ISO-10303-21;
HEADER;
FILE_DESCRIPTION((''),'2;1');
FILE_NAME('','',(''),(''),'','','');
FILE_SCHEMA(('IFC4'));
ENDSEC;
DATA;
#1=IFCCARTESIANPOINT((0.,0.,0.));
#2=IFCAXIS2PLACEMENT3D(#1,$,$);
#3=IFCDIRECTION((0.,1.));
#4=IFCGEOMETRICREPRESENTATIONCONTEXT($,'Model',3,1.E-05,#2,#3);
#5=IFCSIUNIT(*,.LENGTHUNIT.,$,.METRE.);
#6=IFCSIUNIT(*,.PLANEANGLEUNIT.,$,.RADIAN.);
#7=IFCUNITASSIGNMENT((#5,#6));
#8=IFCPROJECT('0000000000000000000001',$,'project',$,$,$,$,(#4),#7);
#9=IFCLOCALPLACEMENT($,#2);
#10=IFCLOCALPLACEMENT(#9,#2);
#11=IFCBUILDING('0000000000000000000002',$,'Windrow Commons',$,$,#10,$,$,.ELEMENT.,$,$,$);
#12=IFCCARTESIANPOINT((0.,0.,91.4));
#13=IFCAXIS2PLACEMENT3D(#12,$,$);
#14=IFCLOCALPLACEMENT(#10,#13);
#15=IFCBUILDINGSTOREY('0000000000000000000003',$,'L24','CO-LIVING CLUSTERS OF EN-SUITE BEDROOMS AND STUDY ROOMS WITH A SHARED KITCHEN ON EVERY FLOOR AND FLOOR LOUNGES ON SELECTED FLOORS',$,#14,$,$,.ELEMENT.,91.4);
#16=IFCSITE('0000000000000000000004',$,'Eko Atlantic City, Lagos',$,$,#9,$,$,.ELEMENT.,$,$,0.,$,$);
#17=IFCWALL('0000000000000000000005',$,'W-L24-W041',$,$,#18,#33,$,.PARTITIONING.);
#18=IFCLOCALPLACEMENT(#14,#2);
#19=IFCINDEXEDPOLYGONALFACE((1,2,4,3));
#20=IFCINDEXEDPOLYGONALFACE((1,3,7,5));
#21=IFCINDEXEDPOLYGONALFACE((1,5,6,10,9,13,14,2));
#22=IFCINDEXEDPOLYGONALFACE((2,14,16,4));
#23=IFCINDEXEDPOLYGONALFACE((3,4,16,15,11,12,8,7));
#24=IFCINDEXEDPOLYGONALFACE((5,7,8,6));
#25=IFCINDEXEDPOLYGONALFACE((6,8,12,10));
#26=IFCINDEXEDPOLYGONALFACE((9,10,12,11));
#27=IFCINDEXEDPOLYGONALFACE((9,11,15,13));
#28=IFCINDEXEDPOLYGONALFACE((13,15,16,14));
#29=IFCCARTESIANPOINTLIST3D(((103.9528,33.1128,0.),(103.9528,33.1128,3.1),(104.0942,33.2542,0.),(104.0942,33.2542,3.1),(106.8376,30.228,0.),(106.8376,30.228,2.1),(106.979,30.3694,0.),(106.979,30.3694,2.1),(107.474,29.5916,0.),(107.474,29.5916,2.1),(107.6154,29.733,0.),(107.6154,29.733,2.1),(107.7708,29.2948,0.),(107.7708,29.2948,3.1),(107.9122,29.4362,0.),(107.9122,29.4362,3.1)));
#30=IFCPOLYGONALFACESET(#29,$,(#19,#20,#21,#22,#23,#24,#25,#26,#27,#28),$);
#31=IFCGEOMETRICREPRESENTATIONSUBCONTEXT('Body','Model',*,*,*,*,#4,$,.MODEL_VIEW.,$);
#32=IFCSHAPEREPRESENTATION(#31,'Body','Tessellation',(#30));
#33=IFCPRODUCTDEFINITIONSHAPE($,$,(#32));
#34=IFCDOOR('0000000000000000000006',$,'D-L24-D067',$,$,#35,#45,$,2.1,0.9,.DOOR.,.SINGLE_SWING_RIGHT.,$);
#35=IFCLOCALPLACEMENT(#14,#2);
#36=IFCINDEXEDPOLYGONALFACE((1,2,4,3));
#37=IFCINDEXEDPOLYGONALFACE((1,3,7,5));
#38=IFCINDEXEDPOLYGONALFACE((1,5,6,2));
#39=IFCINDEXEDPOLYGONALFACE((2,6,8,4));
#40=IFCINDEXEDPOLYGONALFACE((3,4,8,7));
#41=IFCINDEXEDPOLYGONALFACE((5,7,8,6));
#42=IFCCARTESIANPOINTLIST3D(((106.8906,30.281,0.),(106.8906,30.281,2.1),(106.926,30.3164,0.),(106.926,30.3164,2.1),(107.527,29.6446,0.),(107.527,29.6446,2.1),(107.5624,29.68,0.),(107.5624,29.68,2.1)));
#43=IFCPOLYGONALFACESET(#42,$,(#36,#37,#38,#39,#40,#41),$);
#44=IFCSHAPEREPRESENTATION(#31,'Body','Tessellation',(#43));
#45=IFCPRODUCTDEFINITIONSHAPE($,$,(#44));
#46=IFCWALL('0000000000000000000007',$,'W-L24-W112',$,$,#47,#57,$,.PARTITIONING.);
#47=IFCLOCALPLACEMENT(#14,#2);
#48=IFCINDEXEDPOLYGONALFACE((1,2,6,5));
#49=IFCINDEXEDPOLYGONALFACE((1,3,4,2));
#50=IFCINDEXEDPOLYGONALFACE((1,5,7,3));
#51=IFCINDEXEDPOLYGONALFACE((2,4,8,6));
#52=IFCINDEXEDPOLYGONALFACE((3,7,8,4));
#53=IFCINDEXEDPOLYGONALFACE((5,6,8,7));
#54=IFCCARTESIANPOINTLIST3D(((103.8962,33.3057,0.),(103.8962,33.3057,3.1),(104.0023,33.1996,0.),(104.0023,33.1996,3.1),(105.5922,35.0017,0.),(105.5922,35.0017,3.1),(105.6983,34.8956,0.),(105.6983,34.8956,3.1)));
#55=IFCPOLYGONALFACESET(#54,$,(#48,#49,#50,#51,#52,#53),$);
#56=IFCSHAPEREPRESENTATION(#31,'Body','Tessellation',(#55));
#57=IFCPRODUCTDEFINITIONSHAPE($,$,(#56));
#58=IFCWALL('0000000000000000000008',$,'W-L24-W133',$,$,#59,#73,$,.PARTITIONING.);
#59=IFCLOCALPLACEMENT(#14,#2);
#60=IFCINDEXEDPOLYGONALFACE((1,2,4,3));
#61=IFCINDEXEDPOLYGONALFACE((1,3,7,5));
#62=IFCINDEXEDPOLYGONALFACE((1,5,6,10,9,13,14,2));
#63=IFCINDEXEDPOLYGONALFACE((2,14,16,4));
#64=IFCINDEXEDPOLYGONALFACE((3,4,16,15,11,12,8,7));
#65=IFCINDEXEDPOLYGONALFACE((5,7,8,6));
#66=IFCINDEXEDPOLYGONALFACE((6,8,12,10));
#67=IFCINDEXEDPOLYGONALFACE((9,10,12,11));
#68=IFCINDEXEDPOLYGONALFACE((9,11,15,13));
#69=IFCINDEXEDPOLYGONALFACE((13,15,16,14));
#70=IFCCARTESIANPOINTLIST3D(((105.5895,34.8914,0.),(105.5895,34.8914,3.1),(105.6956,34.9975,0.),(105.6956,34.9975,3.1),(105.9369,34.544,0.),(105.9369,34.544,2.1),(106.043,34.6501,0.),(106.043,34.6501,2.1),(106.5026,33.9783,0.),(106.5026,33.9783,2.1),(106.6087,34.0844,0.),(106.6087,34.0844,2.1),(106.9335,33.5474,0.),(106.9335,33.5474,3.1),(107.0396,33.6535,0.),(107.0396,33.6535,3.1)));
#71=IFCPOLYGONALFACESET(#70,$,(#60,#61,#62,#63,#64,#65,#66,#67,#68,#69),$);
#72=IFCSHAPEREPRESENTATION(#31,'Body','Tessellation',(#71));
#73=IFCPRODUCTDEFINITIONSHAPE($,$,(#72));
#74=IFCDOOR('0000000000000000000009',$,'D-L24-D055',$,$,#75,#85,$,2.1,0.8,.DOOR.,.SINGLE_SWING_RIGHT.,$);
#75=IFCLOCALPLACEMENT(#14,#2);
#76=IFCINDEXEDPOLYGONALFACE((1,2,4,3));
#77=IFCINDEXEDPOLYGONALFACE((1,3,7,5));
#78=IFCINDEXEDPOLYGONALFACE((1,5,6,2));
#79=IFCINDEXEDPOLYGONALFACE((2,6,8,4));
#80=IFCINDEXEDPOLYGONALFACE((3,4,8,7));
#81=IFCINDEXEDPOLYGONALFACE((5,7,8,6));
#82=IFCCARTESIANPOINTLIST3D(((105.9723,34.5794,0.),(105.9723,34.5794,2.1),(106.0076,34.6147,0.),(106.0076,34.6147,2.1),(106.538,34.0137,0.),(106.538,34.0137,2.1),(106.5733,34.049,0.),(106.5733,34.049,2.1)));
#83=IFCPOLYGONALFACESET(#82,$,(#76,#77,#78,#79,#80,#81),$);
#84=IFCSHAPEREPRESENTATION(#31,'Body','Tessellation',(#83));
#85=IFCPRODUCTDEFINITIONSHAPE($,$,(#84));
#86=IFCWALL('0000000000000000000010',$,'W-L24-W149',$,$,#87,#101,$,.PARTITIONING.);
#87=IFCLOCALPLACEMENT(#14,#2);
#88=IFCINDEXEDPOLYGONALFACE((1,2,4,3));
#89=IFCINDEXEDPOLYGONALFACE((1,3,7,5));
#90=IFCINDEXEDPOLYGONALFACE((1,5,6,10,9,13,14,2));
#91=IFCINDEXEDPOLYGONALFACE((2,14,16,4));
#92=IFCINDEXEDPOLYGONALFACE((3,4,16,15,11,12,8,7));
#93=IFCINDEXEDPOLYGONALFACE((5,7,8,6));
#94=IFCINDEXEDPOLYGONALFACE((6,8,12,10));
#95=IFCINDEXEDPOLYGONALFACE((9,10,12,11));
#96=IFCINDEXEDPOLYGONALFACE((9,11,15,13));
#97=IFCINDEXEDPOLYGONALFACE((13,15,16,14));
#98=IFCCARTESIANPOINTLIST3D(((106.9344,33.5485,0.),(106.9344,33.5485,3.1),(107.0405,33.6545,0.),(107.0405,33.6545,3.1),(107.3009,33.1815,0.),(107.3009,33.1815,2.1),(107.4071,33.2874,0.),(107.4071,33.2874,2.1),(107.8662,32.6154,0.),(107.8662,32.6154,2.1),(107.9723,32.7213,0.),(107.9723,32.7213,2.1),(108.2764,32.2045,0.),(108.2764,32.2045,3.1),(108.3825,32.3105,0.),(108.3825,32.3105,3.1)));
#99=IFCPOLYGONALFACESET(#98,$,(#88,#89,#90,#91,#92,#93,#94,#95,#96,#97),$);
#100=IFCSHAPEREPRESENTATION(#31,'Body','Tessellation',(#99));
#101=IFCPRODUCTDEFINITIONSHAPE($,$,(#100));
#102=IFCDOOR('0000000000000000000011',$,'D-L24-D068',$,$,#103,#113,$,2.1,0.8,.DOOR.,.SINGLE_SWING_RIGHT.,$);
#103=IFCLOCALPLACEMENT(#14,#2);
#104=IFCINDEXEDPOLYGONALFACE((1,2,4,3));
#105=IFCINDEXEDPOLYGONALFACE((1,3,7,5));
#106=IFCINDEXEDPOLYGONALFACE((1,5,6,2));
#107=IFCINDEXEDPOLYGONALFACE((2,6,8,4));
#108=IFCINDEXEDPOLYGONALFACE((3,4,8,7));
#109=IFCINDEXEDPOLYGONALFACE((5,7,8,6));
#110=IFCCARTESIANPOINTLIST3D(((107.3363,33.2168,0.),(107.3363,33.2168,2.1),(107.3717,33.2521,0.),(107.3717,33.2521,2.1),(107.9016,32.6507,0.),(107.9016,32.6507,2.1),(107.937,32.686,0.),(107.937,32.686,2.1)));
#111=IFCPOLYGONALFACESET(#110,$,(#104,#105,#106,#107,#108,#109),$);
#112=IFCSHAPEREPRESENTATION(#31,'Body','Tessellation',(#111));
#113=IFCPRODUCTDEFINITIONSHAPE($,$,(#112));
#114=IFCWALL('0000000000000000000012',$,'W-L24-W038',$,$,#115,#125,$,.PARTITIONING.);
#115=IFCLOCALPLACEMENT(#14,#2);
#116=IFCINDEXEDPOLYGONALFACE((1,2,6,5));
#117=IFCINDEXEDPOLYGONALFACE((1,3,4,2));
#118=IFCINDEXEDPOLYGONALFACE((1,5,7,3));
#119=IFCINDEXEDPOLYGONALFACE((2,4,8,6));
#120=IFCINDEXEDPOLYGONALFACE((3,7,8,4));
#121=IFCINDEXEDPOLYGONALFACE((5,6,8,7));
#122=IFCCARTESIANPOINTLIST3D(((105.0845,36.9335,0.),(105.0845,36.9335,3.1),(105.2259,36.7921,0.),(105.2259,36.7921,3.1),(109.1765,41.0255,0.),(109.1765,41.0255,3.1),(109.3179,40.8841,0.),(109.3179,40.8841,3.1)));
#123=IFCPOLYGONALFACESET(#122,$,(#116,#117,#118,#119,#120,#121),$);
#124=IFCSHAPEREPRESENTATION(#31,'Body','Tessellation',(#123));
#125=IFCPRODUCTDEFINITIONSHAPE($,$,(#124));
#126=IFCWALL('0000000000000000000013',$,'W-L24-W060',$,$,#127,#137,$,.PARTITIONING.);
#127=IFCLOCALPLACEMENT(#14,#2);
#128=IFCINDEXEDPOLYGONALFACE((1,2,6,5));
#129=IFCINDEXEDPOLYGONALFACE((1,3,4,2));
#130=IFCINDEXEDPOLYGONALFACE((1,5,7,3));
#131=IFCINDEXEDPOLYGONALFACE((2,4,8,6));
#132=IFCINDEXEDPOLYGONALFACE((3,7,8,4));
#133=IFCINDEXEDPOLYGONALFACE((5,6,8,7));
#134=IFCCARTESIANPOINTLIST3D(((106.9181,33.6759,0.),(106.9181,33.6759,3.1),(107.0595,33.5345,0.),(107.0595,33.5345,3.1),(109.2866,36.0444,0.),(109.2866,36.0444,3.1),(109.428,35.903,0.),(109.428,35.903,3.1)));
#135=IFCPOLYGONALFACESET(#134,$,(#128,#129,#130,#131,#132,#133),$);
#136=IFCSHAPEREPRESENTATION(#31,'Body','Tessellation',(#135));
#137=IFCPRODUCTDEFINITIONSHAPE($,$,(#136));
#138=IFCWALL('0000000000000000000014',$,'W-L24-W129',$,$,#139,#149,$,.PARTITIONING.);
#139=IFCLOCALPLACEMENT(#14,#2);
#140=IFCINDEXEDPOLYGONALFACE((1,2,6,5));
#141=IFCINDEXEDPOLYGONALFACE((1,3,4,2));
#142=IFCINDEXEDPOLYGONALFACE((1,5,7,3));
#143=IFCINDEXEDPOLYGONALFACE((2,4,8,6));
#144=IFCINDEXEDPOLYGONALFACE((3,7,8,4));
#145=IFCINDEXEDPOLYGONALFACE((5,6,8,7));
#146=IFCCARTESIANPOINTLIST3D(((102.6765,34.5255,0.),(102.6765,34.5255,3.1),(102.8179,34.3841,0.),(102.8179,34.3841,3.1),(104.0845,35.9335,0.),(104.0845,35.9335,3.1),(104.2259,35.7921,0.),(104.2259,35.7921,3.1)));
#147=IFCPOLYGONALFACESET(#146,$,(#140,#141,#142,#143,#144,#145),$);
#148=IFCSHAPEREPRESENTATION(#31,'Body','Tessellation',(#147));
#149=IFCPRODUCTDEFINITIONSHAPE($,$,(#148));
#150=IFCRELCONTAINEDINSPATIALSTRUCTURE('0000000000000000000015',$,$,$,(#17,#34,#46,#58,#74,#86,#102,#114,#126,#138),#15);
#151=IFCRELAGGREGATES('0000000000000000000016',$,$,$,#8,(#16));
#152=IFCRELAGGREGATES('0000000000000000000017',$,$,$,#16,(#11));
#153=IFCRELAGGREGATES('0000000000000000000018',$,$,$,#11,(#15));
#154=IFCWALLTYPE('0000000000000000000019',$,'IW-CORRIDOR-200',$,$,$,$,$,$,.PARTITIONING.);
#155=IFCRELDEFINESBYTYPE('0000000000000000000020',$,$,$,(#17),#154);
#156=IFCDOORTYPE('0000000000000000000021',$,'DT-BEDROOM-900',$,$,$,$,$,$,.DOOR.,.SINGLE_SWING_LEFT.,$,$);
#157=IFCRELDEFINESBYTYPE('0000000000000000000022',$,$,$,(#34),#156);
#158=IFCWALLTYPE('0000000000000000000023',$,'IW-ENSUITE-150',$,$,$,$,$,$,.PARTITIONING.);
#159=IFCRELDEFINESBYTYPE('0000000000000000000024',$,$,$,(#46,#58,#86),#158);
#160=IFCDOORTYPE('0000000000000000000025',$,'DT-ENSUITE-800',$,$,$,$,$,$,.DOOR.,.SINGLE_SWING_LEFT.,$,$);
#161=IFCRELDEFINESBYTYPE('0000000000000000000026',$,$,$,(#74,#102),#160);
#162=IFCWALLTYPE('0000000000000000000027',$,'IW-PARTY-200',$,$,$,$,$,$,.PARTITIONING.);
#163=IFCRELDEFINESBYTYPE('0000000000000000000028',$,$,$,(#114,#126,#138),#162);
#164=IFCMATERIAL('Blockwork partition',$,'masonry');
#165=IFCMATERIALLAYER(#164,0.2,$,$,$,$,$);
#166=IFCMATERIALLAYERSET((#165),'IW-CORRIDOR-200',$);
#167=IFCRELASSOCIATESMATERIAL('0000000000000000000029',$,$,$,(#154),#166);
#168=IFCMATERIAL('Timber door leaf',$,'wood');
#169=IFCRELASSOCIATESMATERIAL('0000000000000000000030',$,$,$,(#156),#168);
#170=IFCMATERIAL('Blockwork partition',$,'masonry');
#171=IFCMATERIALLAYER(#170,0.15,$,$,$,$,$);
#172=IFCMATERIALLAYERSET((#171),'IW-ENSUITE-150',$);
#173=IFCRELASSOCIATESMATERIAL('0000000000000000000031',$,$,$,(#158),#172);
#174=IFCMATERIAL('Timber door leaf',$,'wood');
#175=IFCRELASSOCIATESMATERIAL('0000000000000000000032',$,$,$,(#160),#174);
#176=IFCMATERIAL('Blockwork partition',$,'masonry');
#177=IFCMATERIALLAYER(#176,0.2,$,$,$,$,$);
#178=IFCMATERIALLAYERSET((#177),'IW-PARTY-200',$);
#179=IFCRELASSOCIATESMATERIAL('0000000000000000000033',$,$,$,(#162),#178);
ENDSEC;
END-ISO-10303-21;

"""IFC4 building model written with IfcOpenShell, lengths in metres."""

from ifc_helpers import new_model, si_unit, direction, frame, frame_2d, origin, place, context, subcontext, project, spatial, rectangle, extrude, material, layer, layer_set, type_object, element, fill, save


model = new_model("IFC4")

# Units and contexts
model_context = context("Model", 3, precision=1e-05, world=origin(), true_north=direction((0.0, 1.0)))
body_context = subcontext(model_context, "Body", "Model", "MODEL_VIEW")
ifc_project = project(units=[si_unit("LENGTHUNIT", "METRE"), si_unit("PLANEANGLEUNIT", "RADIAN")], contexts=[model_context])

# Site, building, storey
site_placement = place(None, origin())
site = spatial("IfcSite", under=ifc_project, at=site_placement, Name="Eko Atlantic City, Lagos", CompositionType="ELEMENT", RefElevation=0.0)
building_placement = place(site_placement, origin())
building = spatial("IfcBuilding", under=site, at=building_placement, Name="Windrow Commons", CompositionType="ELEMENT")
storey_placement = place(building_placement, frame((0.0, 0.0, 91.4)))
storey = spatial("IfcBuildingStorey", under=building, at=storey_placement, Name="L24", Description="CO-LIVING CLUSTERS OF EN-SUITE BEDROOMS AND STUDY ROOMS WITH A SHARED KITCHEN ON EVERY FLOOR AND FLOOR LOUNGES ON SELECTED FLOORS", CompositionType="ELEMENT", Elevation=91.4)

# Wall, opening, door
ifc_material_1 = material(Name="Blockwork partition", Category="masonry")
ifc_layer_1 = layer(ifc_material_1, 0.2)
ifc_layer_set_1 = layer_set([ifc_layer_1], Name="IW-CORRIDOR-200")
wall_type_1 = type_object("IfcWallType", Name="IW-CORRIDOR-200", PredefinedType="PARTITIONING", material=ifc_layer_set_1)
wall_1_placement = place(storey_placement, frame((104.0235, 33.1835, 0.0), z_axis=(0.0, 0.0, 1.0), x_axis=(0.707107, -0.707107, 0.0)))
wall_1 = element("IfcWall", 1, at=wall_1_placement, inside=storey, type_object=wall_type_1, Name="W-L24-W041", PredefinedType="PARTITIONING", context=body_context, shape_type="SweptSolid", body=[
    extrude(rectangle(XDim=5.3995, YDim=0.2, at=frame_2d((2.6997, 0.0))), origin(), (0.0, 0.0, 1.0), 3.1),
])
opening_1_placement = place(wall_1_placement, frame((4.0797, 0.0, 0.0)))
opening_1 = element("IfcOpeningElement", 2, at=opening_1_placement, cuts=wall_1, PredefinedType="OPENING", context=body_context, shape_type="SweptSolid", body=[
    extrude(rectangle(XDim=0.9, YDim=2.1, at=frame_2d((0.45, 1.05))), frame((0.0, 0.11, 0.0), z_axis=(0.0, -1.0, 0.0), x_axis=(1.0, 0.0, 0.0)), (0.0, 0.0, 1.0), 0.22),
])
ifc_material_2 = material(Name="Timber door leaf", Category="wood")
door_type_1 = type_object("IfcDoorType", Name="DT-BEDROOM-900", OperationType="SINGLE_SWING_LEFT", PredefinedType="DOOR", material=ifc_material_2)
door_1_placement = place(opening_1_placement, origin())
door_1 = element("IfcDoor", 3, at=door_1_placement, inside=storey, type_object=door_type_1, Name="D-L24-D067", OperationType="SINGLE_SWING_RIGHT", OverallHeight=2.1, OverallWidth=0.9, PredefinedType="DOOR", context=body_context, shape_type="SweptSolid", body=[
    extrude(rectangle(XDim=0.9, YDim=2.1, at=frame_2d((0.45, 1.05))), frame((0.0, 0.025, 0.0), z_axis=(0.0, -1.0, 0.0), x_axis=(1.0, 0.0, 0.0)), (0.0, 0.0, 1.0), 0.05),
])
fill(opening_1, door_1)

# Wall
ifc_material_3 = material(Name="Blockwork partition", Category="masonry")
ifc_layer_2 = layer(ifc_material_3, 0.15)
ifc_layer_set_2 = layer_set([ifc_layer_2], Name="IW-ENSUITE-150")
wall_type_2 = type_object("IfcWallType", Name="IW-ENSUITE-150", PredefinedType="PARTITIONING", material=ifc_layer_set_2)
wall_2_placement = place(storey_placement, frame((103.9493, 33.2527, 0.0), z_axis=(0.0, 0.0, 1.0), x_axis=(0.707107, 0.707107, 0.0)))
element("IfcWall", 4, at=wall_2_placement, inside=storey, type_object=wall_type_2, Name="W-L24-W112", PredefinedType="PARTITIONING", context=body_context, shape_type="SweptSolid", body=[
    extrude(rectangle(XDim=2.3985, YDim=0.15, at=frame_2d((1.1992, 0.0))), origin(), (0.0, 0.0, 1.0), 3.1),
])

# Walls, openings, doors
wall_3_placement = place(storey_placement, frame((105.6425, 34.9445, 0.0), z_axis=(0.0, 0.0, 1.0), x_axis=(0.707107, -0.707107, 0.0)))
wall_3 = element("IfcWall", 5, at=wall_3_placement, inside=storey, type_object=wall_type_2, Name="W-L24-W133", PredefinedType="PARTITIONING", context=body_context, shape_type="SweptSolid", body=[
    extrude(rectangle(XDim=1.9007, YDim=0.15, at=frame_2d((0.9504, 0.0))), origin(), (0.0, 0.0, 1.0), 3.1),
])
opening_2_placement = place(wall_3_placement, frame((0.4914, 0.0, 0.0)))
opening_2 = element("IfcOpeningElement", 6, at=opening_2_placement, cuts=wall_3, PredefinedType="OPENING", context=body_context, shape_type="SweptSolid", body=[
    extrude(rectangle(XDim=0.8, YDim=2.1, at=frame_2d((0.4, 1.05))), frame((0.0, 0.085, 0.0), z_axis=(0.0, -1.0, 0.0), x_axis=(1.0, 0.0, 0.0)), (0.0, 0.0, 1.0), 0.17),
])
ifc_material_4 = material(Name="Timber door leaf", Category="wood")
door_type_2 = type_object("IfcDoorType", Name="DT-ENSUITE-800", OperationType="SINGLE_SWING_LEFT", PredefinedType="DOOR", material=ifc_material_4)
door_2_placement = place(opening_2_placement, origin())
door_2 = element("IfcDoor", 7, at=door_2_placement, inside=storey, type_object=door_type_2, Name="D-L24-D055", OperationType="SINGLE_SWING_RIGHT", OverallHeight=2.1, OverallWidth=0.8, PredefinedType="DOOR", context=body_context, shape_type="SweptSolid", body=[
    extrude(rectangle(XDim=0.8, YDim=2.1, at=frame_2d((0.4, 1.05))), frame((0.0, 0.025, 0.0), z_axis=(0.0, -1.0, 0.0), x_axis=(1.0, 0.0, 0.0)), (0.0, 0.0, 1.0), 0.05),
])
fill(opening_2, door_2)
wall_4_placement = place(storey_placement, frame((106.9875, 33.6015, 0.0), z_axis=(0.0, 0.0, 1.0), x_axis=(0.70658, -0.707633, 0.0)))
wall_4 = element("IfcWall", 8, at=wall_4_placement, inside=storey, type_object=wall_type_2, Name="W-L24-W149", PredefinedType="PARTITIONING", context=body_context, shape_type="SweptSolid", body=[
    extrude(rectangle(XDim=1.8993, YDim=0.15, at=frame_2d((0.9496, 0.0))), origin(), (0.0, 0.0, 1.0), 3.1),
])
opening_3_placement = place(wall_4_placement, frame((0.5187, 0.0, 0.0)))
opening_3 = element("IfcOpeningElement", 9, at=opening_3_placement, cuts=wall_4, PredefinedType="OPENING", context=body_context, shape_type="SweptSolid", body=[
    extrude(rectangle(XDim=0.8, YDim=2.1, at=frame_2d((0.4, 1.05))), frame((0.0, 0.085, 0.0), z_axis=(0.0, -1.0, 0.0), x_axis=(1.0, 0.0, 0.0)), (0.0, 0.0, 1.0), 0.17),
])
door_3_placement = place(opening_3_placement, origin())
door_3 = element("IfcDoor", 10, at=door_3_placement, inside=storey, type_object=door_type_2, Name="D-L24-D068", OperationType="SINGLE_SWING_RIGHT", OverallHeight=2.1, OverallWidth=0.8, PredefinedType="DOOR", context=body_context, shape_type="SweptSolid", body=[
    extrude(rectangle(XDim=0.8, YDim=2.1, at=frame_2d((0.4, 1.05))), frame((0.0, 0.025, 0.0), z_axis=(0.0, -1.0, 0.0), x_axis=(1.0, 0.0, 0.0)), (0.0, 0.0, 1.0), 0.05),
])
fill(opening_3, door_3)

# Walls
ifc_material_5 = material(Name="Blockwork partition", Category="masonry")
ifc_layer_3 = layer(ifc_material_5, 0.2)
ifc_layer_set_3 = layer_set([ifc_layer_3], Name="IW-PARTY-200")
wall_type_3 = type_object("IfcWallType", Name="IW-PARTY-200", PredefinedType="PARTITIONING", material=ifc_layer_set_3)
wall_5_placement = place(storey_placement, frame((105.1552, 36.8628, 0.0), z_axis=(0.0, 0.0, 1.0), x_axis=(0.707107, 0.707107, 0.0)))
element("IfcWall", 11, at=wall_5_placement, inside=storey, type_object=wall_type_3, Name="W-L24-W038", PredefinedType="PARTITIONING", context=body_context, shape_type="SweptSolid", body=[
    extrude(rectangle(XDim=5.787, YDim=0.2, at=frame_2d((2.8935, 0.0))), origin(), (0.0, 0.0, 1.0), 3.1),
])
wall_6_placement = place(storey_placement, frame((106.9888, 33.6052, 0.0), z_axis=(0.0, 0.0, 1.0), x_axis=(0.707107, 0.707107, 0.0)))
element("IfcWall", 12, at=wall_6_placement, inside=storey, type_object=wall_type_3, Name="W-L24-W060", PredefinedType="PARTITIONING", context=body_context, shape_type="SweptSolid", body=[
    extrude(rectangle(XDim=3.3496, YDim=0.2, at=frame_2d((1.6748, 0.0))), origin(), (0.0, 0.0, 1.0), 3.1),
])
wall_7_placement = place(storey_placement, frame((102.7472, 34.4548, 0.0), z_axis=(0.0, 0.0, 1.0), x_axis=(0.707107, 0.707107, 0.0)))
element("IfcWall", 13, at=wall_7_placement, inside=storey, type_object=wall_type_3, Name="W-L24-W129", PredefinedType="PARTITIONING", context=body_context, shape_type="SweptSolid", body=[
    extrude(rectangle(XDim=1.9912, YDim=0.2, at=frame_2d((0.9956, 0.0))), origin(), (0.0, 0.0, 1.0), 3.1),
])

save(model, "model.ifc")
